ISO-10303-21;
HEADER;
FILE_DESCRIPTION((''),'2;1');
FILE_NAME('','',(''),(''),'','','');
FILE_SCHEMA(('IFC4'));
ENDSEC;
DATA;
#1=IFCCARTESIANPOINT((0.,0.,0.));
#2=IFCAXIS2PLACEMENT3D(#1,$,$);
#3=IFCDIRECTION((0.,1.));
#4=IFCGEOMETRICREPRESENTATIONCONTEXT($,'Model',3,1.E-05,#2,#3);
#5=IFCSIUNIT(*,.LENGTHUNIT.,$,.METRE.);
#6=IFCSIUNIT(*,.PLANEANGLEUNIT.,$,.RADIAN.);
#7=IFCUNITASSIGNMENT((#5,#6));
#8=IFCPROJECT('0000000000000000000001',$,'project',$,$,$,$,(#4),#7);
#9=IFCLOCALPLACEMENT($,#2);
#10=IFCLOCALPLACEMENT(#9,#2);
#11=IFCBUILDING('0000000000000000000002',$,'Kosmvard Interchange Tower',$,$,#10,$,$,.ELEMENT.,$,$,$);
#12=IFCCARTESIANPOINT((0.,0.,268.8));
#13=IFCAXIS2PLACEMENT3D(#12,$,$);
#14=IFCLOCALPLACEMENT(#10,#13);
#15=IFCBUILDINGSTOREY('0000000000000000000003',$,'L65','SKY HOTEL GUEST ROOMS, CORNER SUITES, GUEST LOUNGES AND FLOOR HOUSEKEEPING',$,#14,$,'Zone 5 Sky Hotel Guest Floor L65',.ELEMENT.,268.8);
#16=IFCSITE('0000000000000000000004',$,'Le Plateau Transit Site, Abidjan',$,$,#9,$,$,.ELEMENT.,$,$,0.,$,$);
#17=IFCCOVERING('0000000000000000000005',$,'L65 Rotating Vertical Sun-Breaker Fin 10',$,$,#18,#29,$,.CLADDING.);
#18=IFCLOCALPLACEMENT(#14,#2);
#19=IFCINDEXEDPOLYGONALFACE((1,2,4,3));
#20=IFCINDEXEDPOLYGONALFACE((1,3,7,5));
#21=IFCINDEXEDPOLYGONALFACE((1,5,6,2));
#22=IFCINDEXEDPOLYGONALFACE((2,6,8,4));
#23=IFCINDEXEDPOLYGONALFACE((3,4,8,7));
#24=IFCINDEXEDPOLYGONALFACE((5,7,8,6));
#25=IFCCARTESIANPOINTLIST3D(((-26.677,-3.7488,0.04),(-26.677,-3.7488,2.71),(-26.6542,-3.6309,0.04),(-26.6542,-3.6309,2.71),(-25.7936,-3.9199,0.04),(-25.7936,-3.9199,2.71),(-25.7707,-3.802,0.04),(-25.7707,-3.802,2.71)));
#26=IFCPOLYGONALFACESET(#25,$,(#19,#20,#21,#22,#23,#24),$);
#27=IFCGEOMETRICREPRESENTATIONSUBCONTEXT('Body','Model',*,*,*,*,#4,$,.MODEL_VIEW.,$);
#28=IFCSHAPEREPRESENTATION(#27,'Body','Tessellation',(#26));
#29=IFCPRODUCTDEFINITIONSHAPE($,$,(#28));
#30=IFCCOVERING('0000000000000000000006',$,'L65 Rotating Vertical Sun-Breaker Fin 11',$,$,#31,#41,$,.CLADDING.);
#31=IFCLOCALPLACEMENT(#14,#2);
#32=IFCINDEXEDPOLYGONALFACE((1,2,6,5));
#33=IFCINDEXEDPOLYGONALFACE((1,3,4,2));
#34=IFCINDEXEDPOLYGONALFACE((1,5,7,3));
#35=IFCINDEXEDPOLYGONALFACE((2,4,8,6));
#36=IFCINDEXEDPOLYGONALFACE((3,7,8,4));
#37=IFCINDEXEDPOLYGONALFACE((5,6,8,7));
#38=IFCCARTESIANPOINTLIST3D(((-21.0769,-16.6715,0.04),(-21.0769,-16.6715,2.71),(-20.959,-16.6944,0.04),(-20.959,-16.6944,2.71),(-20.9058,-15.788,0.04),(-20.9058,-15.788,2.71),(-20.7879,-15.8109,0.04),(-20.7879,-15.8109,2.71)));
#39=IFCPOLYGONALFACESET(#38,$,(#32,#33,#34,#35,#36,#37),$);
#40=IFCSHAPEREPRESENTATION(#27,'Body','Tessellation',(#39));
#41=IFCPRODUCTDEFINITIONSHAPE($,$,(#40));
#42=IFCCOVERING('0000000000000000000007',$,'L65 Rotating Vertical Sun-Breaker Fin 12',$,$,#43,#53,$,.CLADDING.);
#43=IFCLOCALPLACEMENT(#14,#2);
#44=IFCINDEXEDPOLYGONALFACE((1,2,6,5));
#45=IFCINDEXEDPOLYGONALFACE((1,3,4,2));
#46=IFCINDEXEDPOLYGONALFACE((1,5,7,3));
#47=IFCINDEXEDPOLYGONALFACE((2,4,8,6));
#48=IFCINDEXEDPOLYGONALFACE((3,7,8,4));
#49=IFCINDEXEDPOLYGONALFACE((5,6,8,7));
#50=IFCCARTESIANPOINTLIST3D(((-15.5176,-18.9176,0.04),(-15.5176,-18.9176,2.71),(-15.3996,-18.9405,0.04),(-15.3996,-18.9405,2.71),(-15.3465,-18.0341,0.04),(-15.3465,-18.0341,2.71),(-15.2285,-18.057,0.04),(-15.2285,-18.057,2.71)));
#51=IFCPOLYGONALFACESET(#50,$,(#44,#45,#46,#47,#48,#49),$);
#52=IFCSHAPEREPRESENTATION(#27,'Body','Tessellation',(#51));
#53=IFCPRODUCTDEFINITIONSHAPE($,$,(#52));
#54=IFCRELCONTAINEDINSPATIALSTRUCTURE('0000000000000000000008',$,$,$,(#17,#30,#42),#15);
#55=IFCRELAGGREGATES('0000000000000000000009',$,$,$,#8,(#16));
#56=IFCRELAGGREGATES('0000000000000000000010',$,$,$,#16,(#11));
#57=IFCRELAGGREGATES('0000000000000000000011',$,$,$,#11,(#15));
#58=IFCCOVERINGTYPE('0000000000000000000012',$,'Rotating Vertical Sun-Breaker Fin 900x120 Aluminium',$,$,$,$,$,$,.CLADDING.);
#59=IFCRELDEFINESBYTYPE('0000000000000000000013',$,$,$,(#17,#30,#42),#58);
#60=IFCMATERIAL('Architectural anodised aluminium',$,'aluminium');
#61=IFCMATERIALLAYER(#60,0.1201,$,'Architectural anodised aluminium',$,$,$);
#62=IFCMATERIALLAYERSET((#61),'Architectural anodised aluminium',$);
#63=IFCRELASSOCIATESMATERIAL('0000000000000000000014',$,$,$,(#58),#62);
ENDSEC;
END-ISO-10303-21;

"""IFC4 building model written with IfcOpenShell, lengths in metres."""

from ifc_helpers import new_model, si_unit, direction, frame, origin, origin_2d, place, context, subcontext, project, spatial, rectangle, extrude, source, transform, mapped, material, layer, layer_set, type_object, element, save


model = new_model("IFC4")

# Units and contexts
model_context = context("Model", 3, precision=1e-05, world=origin(), true_north=direction((0.0, 1.0)))
body_context = subcontext(model_context, "Body", "Model", "MODEL_VIEW")
ifc_project = project(units=[si_unit("LENGTHUNIT", "METRE"), si_unit("PLANEANGLEUNIT", "RADIAN")], contexts=[model_context])

# Site, building, storey
site_placement = place(None, origin())
site = spatial("IfcSite", under=ifc_project, at=site_placement, Name="Le Plateau Transit Site, Abidjan", CompositionType="ELEMENT", RefElevation=0.0)
building_placement = place(site_placement, origin())
building = spatial("IfcBuilding", under=site, at=building_placement, Name="Kosmvard Interchange Tower", CompositionType="ELEMENT")
storey_placement = place(building_placement, frame((0.0, 0.0, 268.8)))
storey = spatial("IfcBuildingStorey", under=building, at=storey_placement, Name="L65", Description="SKY HOTEL GUEST ROOMS, CORNER SUITES, GUEST LOUNGES AND FLOOR HOUSEKEEPING", LongName="Zone 5 Sky Hotel Guest Floor L65", CompositionType="ELEMENT", Elevation=268.8)

# Coverings
ifc_material_1 = material(Name="Architectural anodised aluminium", Category="aluminium")
ifc_layer_1 = layer(ifc_material_1, 0.1201, Name="Architectural anodised aluminium")
ifc_layer_set_1 = layer_set([ifc_layer_1], Name="Architectural anodised aluminium")
covering_type = type_object("IfcCoveringType", Name="Rotating Vertical Sun-Breaker Fin 900x120 Aluminium", PredefinedType="CLADDING", material=ifc_layer_set_1)
shared_shape_1 = source(origin(), body_context, "Body", "SweptSolid", [
    extrude(rectangle(XDim=0.8999, YDim=0.1201, at=origin_2d()), origin(), (0.0, 0.0, 1.0), 2.6699),
])
for number, where, z_axis, x_axis, name in (
    (1, (-26.2239, -3.7754, 0.04), (0.0, 0.0, 1.0), (-0.98176, 0.190124, 0.0), "L65 Rotating Vertical Sun-Breaker Fin 10"),
    (2, (-20.9324, -16.2412, 0.04), (0.0, 0.0, 1.0), (-0.190124, -0.98176, 0.0), "L65 Rotating Vertical Sun-Breaker Fin 11"),
    (3, (-15.373, -18.4873, 0.04), (0.0, 0.0, 1.0), (-0.190124, -0.98176, 0.0), "L65 Rotating Vertical Sun-Breaker Fin 12"),
):
    element("IfcCovering", number, at=place(storey_placement, frame(where, z_axis=z_axis, x_axis=x_axis)), inside=storey, type_object=covering_type, Name=name, PredefinedType="CLADDING", context=body_context, shape_type="MappedRepresentation", body=[
        mapped(shared_shape_1, transform((0.0, 0.0, 0.0), scale=1.0)),
    ])

save(model, "model.ifc")
